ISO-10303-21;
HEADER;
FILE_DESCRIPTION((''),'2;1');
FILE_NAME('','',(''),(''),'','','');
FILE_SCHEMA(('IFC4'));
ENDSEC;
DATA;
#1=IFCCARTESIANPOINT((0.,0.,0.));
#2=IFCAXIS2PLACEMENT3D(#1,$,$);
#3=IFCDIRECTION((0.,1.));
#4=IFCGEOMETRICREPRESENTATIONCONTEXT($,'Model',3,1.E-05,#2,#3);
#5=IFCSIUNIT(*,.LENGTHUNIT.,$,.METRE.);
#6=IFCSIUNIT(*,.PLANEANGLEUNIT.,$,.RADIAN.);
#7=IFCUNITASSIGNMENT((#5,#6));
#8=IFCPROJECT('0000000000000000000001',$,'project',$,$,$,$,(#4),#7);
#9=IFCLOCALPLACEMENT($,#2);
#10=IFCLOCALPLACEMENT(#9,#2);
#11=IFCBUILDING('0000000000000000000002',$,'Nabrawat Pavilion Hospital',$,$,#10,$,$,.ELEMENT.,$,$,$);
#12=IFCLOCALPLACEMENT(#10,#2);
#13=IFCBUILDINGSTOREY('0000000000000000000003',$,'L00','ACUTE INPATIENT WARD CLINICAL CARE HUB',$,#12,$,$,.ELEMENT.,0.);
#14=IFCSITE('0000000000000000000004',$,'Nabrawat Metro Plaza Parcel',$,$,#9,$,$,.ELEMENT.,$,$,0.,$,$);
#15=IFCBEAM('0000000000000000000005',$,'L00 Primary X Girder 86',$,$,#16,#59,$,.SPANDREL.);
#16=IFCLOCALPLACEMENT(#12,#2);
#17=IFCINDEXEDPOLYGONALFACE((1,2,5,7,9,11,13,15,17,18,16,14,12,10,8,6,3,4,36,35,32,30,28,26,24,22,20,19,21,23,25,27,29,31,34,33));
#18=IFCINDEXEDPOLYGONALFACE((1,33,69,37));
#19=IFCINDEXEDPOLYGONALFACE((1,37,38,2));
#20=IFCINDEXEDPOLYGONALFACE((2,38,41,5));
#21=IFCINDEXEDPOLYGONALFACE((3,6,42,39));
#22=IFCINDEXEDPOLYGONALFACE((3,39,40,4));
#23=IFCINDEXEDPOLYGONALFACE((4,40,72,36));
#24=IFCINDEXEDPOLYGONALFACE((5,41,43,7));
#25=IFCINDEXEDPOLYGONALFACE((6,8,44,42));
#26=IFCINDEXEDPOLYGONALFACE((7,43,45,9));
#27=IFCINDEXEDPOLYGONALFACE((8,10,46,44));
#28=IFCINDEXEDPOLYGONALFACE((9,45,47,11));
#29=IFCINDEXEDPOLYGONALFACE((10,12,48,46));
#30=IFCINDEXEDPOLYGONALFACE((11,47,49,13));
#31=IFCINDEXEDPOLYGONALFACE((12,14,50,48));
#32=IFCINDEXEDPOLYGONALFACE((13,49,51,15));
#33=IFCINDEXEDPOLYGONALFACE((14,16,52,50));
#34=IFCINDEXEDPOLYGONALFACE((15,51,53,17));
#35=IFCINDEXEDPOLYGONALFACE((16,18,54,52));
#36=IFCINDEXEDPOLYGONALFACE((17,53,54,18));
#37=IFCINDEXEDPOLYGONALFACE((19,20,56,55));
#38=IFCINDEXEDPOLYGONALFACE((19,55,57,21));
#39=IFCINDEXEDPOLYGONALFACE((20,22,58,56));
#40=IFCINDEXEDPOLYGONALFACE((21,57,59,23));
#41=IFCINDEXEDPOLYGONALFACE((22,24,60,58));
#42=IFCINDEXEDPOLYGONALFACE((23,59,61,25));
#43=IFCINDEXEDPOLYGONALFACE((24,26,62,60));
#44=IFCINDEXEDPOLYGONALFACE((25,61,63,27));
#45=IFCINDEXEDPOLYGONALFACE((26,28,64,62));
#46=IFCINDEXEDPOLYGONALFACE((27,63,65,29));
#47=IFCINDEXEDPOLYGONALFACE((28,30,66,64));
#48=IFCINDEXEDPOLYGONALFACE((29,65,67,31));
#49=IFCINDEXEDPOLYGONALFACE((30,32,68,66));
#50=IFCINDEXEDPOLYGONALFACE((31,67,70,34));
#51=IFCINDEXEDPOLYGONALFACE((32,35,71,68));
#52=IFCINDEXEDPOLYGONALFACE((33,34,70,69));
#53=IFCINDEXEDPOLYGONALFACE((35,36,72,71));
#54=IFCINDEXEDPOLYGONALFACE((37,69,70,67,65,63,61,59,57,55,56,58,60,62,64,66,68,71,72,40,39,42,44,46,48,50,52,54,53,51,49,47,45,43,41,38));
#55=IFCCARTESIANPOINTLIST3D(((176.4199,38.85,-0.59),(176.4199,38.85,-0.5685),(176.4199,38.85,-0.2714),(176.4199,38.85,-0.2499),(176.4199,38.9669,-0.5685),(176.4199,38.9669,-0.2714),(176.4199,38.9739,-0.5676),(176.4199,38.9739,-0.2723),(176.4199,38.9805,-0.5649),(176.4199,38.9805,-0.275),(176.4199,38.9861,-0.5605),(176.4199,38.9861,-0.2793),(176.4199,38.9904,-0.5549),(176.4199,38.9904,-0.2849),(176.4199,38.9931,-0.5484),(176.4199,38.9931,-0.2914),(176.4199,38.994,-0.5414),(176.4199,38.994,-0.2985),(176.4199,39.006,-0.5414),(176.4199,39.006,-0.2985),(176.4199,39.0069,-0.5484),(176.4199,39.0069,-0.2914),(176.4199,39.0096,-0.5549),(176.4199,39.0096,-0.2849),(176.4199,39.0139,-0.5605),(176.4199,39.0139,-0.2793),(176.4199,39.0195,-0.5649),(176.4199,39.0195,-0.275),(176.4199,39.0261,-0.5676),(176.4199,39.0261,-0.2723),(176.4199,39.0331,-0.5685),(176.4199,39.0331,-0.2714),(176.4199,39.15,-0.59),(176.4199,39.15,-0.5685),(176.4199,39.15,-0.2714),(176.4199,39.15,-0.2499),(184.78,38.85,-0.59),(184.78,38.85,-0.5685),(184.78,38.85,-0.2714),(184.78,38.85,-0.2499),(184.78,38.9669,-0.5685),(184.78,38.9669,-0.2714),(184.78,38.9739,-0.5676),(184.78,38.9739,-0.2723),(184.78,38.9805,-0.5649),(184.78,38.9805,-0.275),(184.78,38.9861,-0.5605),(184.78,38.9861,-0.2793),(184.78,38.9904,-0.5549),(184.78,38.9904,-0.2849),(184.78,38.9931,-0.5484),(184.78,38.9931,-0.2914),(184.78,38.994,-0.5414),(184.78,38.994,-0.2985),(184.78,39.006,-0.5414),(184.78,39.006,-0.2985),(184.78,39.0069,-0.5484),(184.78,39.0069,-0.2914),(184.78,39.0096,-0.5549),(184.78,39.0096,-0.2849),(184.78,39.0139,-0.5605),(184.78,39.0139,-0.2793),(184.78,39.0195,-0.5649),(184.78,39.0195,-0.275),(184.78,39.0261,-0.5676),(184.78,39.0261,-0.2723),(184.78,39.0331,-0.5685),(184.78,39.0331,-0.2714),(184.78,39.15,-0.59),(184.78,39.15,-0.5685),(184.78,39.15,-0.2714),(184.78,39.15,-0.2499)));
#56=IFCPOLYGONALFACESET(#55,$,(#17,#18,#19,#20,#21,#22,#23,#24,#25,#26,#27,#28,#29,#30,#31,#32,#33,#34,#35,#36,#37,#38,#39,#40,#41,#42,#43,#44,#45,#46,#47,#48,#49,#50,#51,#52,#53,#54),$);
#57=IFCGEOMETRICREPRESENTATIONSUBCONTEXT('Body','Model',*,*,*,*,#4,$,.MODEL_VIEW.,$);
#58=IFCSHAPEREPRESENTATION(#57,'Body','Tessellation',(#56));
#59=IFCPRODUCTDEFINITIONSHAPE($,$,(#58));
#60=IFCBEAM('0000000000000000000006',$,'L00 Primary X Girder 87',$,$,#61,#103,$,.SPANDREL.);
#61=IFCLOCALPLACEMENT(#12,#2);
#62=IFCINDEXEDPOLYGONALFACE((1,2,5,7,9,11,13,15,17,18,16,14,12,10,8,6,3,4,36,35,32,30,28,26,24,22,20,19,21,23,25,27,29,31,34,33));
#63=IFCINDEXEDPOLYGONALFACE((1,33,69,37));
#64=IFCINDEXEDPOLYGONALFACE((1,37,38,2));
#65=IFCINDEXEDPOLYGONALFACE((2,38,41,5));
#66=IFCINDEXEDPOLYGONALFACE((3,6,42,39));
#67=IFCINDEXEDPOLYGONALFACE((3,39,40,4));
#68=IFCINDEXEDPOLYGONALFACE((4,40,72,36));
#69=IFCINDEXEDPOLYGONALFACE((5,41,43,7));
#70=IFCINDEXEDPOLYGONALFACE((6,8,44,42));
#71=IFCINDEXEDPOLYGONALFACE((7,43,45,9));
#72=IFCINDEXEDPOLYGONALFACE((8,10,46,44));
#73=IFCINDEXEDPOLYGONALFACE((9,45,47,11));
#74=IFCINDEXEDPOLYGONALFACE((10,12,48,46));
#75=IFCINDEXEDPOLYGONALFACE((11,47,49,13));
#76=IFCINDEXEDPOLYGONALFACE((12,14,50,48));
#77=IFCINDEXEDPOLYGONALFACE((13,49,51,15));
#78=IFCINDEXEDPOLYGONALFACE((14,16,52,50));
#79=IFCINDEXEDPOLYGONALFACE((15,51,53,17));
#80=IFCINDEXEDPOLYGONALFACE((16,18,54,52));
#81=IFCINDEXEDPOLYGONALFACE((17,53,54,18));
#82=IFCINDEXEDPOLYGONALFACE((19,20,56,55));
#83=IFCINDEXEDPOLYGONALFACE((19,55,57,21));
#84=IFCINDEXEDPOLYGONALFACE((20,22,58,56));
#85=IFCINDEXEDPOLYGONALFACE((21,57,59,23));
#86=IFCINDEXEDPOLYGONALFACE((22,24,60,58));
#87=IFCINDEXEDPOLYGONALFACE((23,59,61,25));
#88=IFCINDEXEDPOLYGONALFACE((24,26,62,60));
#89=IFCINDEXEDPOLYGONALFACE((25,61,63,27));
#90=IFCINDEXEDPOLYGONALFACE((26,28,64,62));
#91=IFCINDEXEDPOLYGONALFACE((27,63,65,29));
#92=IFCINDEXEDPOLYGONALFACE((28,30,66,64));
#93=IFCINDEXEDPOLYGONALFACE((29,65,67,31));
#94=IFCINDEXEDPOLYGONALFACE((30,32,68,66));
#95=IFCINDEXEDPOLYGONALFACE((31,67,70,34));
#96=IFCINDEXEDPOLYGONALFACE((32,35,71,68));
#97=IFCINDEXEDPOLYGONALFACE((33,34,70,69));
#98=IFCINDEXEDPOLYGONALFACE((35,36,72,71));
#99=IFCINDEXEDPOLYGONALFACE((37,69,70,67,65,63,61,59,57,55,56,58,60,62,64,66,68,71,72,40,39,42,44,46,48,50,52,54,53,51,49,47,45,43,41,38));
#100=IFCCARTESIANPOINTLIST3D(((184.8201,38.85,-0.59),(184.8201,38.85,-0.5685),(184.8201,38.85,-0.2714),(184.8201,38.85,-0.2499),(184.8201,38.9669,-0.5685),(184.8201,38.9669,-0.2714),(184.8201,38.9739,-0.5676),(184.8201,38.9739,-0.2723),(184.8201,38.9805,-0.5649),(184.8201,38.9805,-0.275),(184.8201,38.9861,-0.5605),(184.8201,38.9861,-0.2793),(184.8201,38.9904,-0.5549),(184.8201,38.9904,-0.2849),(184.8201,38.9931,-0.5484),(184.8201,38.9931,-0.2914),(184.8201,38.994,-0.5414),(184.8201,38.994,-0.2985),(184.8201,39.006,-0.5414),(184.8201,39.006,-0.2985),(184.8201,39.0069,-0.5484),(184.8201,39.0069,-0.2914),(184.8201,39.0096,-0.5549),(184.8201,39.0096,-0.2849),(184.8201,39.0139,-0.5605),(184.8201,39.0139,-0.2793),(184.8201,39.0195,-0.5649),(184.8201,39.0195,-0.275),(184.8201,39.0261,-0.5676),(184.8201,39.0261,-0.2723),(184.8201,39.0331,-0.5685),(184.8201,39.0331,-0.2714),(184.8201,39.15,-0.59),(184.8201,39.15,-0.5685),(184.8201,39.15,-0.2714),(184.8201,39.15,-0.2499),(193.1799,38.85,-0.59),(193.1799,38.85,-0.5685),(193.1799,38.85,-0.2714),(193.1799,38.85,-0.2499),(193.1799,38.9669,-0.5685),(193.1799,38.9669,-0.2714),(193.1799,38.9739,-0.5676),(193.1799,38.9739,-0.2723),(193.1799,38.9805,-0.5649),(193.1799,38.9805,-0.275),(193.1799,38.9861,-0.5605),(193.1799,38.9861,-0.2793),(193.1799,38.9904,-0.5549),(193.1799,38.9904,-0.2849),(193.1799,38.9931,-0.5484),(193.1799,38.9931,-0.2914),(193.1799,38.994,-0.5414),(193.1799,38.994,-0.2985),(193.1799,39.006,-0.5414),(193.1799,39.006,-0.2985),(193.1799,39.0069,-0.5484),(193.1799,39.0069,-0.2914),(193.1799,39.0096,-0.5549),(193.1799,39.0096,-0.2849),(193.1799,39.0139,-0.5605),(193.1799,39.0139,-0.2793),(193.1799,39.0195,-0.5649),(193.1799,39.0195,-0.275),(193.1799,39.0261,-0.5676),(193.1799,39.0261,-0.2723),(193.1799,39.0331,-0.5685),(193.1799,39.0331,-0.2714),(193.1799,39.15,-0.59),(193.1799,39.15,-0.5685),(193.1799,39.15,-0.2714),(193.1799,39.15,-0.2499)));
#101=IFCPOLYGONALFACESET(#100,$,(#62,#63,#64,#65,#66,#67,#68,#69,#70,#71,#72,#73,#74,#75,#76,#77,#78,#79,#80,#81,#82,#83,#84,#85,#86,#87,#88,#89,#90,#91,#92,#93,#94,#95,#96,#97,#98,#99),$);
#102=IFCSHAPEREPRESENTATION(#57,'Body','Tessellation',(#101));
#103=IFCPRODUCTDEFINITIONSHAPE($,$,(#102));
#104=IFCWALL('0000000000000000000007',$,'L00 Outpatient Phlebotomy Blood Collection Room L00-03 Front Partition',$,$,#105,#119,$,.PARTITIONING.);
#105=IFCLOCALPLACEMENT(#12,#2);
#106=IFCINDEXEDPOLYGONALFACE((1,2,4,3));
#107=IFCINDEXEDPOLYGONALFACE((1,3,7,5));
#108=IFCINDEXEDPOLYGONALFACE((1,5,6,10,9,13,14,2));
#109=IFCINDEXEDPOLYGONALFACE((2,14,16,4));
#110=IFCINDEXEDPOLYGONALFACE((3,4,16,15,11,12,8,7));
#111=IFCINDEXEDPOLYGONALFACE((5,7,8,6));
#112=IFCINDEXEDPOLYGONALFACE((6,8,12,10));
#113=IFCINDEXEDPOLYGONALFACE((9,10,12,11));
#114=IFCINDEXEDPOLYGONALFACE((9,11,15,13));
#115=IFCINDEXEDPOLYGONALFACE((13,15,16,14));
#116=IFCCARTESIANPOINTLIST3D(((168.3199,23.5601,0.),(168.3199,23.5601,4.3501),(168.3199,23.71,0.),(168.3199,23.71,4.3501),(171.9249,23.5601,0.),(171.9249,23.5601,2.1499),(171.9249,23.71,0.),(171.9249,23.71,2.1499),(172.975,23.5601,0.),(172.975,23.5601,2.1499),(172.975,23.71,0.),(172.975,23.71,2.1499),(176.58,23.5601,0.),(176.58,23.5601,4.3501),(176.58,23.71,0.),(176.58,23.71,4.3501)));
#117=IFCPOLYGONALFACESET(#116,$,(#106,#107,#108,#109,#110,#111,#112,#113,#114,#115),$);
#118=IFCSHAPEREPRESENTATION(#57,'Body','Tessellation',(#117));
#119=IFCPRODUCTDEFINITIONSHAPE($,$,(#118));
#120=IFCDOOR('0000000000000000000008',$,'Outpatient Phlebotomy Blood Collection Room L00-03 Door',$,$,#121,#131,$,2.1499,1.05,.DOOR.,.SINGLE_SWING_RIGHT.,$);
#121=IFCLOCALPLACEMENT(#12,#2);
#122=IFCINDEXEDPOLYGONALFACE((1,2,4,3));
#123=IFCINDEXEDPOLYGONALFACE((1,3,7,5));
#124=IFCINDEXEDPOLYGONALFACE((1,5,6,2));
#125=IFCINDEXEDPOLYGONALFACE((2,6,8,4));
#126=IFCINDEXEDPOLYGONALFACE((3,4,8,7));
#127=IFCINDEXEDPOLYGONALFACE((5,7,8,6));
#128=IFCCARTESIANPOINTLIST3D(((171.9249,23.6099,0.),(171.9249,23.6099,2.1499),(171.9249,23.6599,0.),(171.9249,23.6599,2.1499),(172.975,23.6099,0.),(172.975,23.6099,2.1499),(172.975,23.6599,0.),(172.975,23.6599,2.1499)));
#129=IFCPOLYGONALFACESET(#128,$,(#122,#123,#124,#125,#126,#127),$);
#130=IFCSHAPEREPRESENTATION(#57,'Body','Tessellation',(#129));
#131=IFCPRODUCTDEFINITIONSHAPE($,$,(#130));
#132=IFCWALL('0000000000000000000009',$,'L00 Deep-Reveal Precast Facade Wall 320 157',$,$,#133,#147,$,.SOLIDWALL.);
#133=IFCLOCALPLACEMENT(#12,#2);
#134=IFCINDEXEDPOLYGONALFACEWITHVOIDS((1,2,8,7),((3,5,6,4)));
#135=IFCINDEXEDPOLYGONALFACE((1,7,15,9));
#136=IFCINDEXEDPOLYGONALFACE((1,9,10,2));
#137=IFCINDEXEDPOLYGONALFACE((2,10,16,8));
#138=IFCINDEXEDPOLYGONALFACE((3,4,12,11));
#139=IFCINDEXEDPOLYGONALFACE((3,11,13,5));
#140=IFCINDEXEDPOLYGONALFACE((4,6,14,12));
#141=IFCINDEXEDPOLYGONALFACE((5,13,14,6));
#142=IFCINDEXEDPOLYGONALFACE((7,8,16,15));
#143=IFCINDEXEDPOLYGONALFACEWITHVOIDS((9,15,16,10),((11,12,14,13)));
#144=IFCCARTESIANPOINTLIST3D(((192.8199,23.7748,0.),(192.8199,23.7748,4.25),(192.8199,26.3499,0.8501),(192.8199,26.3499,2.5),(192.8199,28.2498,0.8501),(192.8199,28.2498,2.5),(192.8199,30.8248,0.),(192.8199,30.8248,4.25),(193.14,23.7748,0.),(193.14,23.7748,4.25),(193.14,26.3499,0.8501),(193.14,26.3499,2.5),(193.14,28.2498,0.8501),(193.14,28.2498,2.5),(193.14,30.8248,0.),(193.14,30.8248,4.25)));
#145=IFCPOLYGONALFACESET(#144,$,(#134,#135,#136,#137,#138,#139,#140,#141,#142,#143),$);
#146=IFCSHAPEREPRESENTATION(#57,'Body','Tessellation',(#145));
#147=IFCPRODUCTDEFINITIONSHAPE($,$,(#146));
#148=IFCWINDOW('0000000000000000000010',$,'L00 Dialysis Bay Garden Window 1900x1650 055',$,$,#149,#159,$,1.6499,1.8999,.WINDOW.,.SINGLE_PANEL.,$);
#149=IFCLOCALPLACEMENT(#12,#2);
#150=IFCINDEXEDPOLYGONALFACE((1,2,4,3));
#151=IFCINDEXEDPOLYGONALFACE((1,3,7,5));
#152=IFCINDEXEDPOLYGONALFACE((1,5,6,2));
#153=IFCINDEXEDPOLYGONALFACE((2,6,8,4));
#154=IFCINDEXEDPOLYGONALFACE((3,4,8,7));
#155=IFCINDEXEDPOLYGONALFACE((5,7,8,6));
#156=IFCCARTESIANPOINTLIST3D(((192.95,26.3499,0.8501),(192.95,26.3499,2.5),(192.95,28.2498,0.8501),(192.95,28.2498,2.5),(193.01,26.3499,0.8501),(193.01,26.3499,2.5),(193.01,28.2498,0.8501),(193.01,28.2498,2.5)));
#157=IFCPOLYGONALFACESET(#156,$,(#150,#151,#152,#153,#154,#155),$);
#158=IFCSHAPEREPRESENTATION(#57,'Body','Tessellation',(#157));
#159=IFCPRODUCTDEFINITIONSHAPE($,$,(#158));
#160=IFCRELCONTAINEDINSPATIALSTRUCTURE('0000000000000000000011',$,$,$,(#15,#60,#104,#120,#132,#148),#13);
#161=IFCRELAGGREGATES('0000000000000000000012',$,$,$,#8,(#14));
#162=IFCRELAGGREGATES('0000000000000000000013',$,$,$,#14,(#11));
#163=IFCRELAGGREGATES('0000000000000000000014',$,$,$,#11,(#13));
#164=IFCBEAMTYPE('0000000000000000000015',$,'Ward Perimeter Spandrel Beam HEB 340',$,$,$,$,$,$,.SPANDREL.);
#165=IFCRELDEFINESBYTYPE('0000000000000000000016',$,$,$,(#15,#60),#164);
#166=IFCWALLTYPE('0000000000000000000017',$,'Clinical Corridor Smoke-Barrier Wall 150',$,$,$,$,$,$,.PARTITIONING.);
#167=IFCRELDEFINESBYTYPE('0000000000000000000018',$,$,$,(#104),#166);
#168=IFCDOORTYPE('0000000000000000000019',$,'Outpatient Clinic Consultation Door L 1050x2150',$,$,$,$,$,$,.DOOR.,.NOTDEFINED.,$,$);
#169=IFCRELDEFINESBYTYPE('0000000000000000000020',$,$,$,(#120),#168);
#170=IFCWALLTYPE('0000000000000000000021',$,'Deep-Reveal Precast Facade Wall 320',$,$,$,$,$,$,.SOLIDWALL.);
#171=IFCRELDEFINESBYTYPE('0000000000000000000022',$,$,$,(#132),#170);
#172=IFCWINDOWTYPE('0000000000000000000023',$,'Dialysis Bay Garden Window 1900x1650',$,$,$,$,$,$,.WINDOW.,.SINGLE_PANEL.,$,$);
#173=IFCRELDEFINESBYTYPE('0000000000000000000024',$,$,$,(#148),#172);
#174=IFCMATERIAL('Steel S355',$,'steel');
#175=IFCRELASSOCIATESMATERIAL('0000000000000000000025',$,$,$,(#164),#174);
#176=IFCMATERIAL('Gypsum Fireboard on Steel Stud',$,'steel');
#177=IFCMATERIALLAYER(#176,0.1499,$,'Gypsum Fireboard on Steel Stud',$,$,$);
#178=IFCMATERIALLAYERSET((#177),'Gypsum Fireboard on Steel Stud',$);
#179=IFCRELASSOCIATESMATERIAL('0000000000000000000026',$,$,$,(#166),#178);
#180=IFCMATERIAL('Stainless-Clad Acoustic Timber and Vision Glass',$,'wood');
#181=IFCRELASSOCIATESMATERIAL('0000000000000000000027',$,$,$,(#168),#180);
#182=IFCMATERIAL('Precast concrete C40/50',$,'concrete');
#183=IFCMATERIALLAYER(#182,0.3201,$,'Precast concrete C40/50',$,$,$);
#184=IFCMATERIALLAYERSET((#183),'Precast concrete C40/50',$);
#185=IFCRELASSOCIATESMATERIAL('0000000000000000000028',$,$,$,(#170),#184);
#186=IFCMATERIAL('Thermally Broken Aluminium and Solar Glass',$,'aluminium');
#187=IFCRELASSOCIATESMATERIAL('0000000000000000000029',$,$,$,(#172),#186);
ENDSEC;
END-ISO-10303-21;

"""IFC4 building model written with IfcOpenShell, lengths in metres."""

from ifc_helpers import new_model, si_unit, direction, frame, frame_2d, origin, origin_2d, place, context, subcontext, project, spatial, rectangle, i_section, extrude, material, layer, layer_set, material_profile, profile_set, type_object, element, fill, save


model = new_model("IFC4")

# Units and contexts
model_context = context("Model", 3, precision=1e-05, world=origin(), true_north=direction((0.0, 1.0)))
body_context = subcontext(model_context, "Body", "Model", "MODEL_VIEW")
ifc_project = project(units=[si_unit("LENGTHUNIT", "METRE"), si_unit("PLANEANGLEUNIT", "RADIAN")], contexts=[model_context])

# Site, building, storey
site_placement = place(None, origin())
site = spatial("IfcSite", under=ifc_project, at=site_placement, Name="Nabrawat Metro Plaza Parcel", CompositionType="ELEMENT", RefElevation=0.0)
building_placement = place(site_placement, origin())
building = spatial("IfcBuilding", under=site, at=building_placement, Name="Nabrawat Pavilion Hospital", CompositionType="ELEMENT")
storey_placement = place(building_placement, origin())
storey = spatial("IfcBuildingStorey", under=building, at=storey_placement, Name="L00", Description="ACUTE INPATIENT WARD CLINICAL CARE HUB", CompositionType="ELEMENT", Elevation=0.0)

# Shared definitions
ifc_material_1 = material(Name="Steel S355", Category="steel")

# Beams
ifc_material_profile_1 = material_profile(ifc_material_1, i_section(OverallWidth=0.3, OverallDepth=0.3401, WebThickness=0.012, FlangeThickness=0.0215, FilletRadius=0.0271, at=origin_2d()), Name="HEB 340")
ifc_profile_set_1 = profile_set([ifc_material_profile_1], Name="Steel S355")
beam_type_1 = type_object("IfcBeamType", Name="Ward Perimeter Spandrel Beam HEB 340", PredefinedType="SPANDREL", material=ifc_profile_set_1)
beam_1_placement = place(storey_placement, frame((176.4199, 39.0, -0.4199), z_axis=(1.0, 0.0, 0.0), x_axis=(0.0, 1.0, 0.0)))
element("IfcBeam", 1, at=beam_1_placement, inside=storey, type_object=beam_type_1, Name="L00 Primary X Girder 86", PredefinedType="SPANDREL", context=body_context, shape_type="SweptSolid", body=[
    extrude(i_section(OverallWidth=0.3, OverallDepth=0.3401, WebThickness=0.012, FlangeThickness=0.0215, FilletRadius=0.0271, at=origin_2d()), origin(), (0.0, 0.0, 1.0), 8.3601),
])
beam_2_placement = place(storey_placement, frame((184.8201, 39.0, -0.4199), z_axis=(1.0, 0.0, 0.0), x_axis=(0.0, 1.0, 0.0)))
element("IfcBeam", 2, at=beam_2_placement, inside=storey, type_object=beam_type_1, Name="L00 Primary X Girder 87", PredefinedType="SPANDREL", context=body_context, shape_type="SweptSolid", body=[
    extrude(i_section(OverallWidth=0.3, OverallDepth=0.3401, WebThickness=0.012, FlangeThickness=0.0215, FilletRadius=0.0271, at=origin_2d()), origin(), (0.0, 0.0, 1.0), 8.3599),
])

# Wall, opening, door
ifc_material_2 = material(Name="Gypsum Fireboard on Steel Stud", Category="steel")
ifc_layer_1 = layer(ifc_material_2, 0.1499, Name="Gypsum Fireboard on Steel Stud")
ifc_layer_set_1 = layer_set([ifc_layer_1], Name="Gypsum Fireboard on Steel Stud")
wall_type_1 = type_object("IfcWallType", Name="Clinical Corridor Smoke-Barrier Wall 150", PredefinedType="PARTITIONING", material=ifc_layer_set_1)
wall_1_placement = place(storey_placement, frame((168.3201, 23.635, 0.0), z_axis=(0.0, 0.0, 1.0), x_axis=(1.0, 0.0, 0.0)))
wall_1 = element("IfcWall", 3, at=wall_1_placement, inside=storey, type_object=wall_type_1, Name="L00 Outpatient Phlebotomy Blood Collection Room L00-03 Front Partition", PredefinedType="PARTITIONING", context=body_context, shape_type="SweptSolid", body=[
    extrude(rectangle(XDim=8.26, YDim=0.1499, at=frame_2d((4.1299, 0.0))), origin(), (0.0, 0.0, 1.0), 4.3501),
])
opening_1_placement = place(wall_1_placement, frame((3.605, 0.0, 0.0)))
opening_1 = element("IfcOpeningElement", 4, at=opening_1_placement, cuts=wall_1, PredefinedType="OPENING", context=body_context, shape_type="SweptSolid", body=[
    extrude(rectangle(XDim=1.05, YDim=2.1499, at=frame_2d((0.5249, 1.075))), frame((0.0, 0.085, 0.0), z_axis=(0.0, -1.0, 0.0), x_axis=(1.0, 0.0, 0.0)), (0.0, 0.0, 1.0), 0.1699),
])
ifc_material_3 = material(Name="Stainless-Clad Acoustic Timber and Vision Glass", Category="wood")
door_type = type_object("IfcDoorType", Name="Outpatient Clinic Consultation Door L 1050x2150", OperationType="NOTDEFINED", PredefinedType="DOOR", material=ifc_material_3)
door_placement = place(opening_1_placement, origin())
door = element("IfcDoor", 5, at=door_placement, inside=storey, type_object=door_type, Name="Outpatient Phlebotomy Blood Collection Room L00-03 Door", OperationType="SINGLE_SWING_RIGHT", OverallHeight=2.1499, OverallWidth=1.05, PredefinedType="DOOR", context=body_context, shape_type="SweptSolid", body=[
    extrude(rectangle(XDim=1.05, YDim=2.1499, at=frame_2d((0.5249, 1.075))), frame((0.0, 0.0249, 0.0), z_axis=(0.0, -1.0, 0.0), x_axis=(1.0, 0.0, 0.0)), (0.0, 0.0, 1.0), 0.05),
])
fill(opening_1, door)

# Wall, opening, window
ifc_material_4 = material(Name="Precast concrete C40/50", Category="concrete")
ifc_layer_2 = layer(ifc_material_4, 0.3201, Name="Precast concrete C40/50")
ifc_layer_set_2 = layer_set([ifc_layer_2], Name="Precast concrete C40/50")
wall_type_2 = type_object("IfcWallType", Name="Deep-Reveal Precast Facade Wall 320", PredefinedType="SOLIDWALL", material=ifc_layer_set_2)
wall_2_placement = place(storey_placement, frame((192.98, 23.7749, 0.0), z_axis=(0.0, 0.0, 1.0), x_axis=(0.0, 1.0, 0.0)))
wall_2 = element("IfcWall", 6, at=wall_2_placement, inside=storey, type_object=wall_type_2, Name="L00 Deep-Reveal Precast Facade Wall 320 157", PredefinedType="SOLIDWALL", context=body_context, shape_type="SweptSolid", body=[
    extrude(rectangle(XDim=7.05, YDim=0.3201, at=frame_2d((3.5249, 0.0))), origin(), (0.0, 0.0, 1.0), 4.25),
])
opening_2_placement = place(wall_2_placement, frame((2.575, 0.0, 0.8501)))
opening_2 = element("IfcOpeningElement", 7, at=opening_2_placement, cuts=wall_2, PredefinedType="OPENING", context=body_context, shape_type="SweptSolid", body=[
    extrude(rectangle(XDim=1.8999, YDim=1.6499, at=frame_2d((0.95, 0.825))), frame((0.0, 0.1699, 0.0), z_axis=(0.0, -1.0, 0.0), x_axis=(1.0, 0.0, 0.0)), (0.0, 0.0, 1.0), 0.3401),
])
ifc_material_5 = material(Name="Thermally Broken Aluminium and Solar Glass", Category="aluminium")
window_type_1 = type_object("IfcWindowType", Name="Dialysis Bay Garden Window 1900x1650", PartitioningType="SINGLE_PANEL", PredefinedType="WINDOW", material=ifc_material_5)
window_1_placement = place(opening_2_placement, origin())
window_1 = element("IfcWindow", 8, at=window_1_placement, inside=storey, type_object=window_type_1, Name="L00 Dialysis Bay Garden Window 1900x1650 055", OverallHeight=1.6499, OverallWidth=1.8999, PartitioningType="SINGLE_PANEL", PredefinedType="WINDOW", context=body_context, shape_type="SweptSolid", body=[
    extrude(rectangle(XDim=1.8999, YDim=1.6499, at=frame_2d((0.95, 0.825))), frame((0.0, 0.03, 0.0), z_axis=(0.0, -1.0, 0.0), x_axis=(1.0, 0.0, 0.0)), (0.0, 0.0, 1.0), 0.0601),
])
fill(opening_2, window_1)

save(model, "model.ifc")
